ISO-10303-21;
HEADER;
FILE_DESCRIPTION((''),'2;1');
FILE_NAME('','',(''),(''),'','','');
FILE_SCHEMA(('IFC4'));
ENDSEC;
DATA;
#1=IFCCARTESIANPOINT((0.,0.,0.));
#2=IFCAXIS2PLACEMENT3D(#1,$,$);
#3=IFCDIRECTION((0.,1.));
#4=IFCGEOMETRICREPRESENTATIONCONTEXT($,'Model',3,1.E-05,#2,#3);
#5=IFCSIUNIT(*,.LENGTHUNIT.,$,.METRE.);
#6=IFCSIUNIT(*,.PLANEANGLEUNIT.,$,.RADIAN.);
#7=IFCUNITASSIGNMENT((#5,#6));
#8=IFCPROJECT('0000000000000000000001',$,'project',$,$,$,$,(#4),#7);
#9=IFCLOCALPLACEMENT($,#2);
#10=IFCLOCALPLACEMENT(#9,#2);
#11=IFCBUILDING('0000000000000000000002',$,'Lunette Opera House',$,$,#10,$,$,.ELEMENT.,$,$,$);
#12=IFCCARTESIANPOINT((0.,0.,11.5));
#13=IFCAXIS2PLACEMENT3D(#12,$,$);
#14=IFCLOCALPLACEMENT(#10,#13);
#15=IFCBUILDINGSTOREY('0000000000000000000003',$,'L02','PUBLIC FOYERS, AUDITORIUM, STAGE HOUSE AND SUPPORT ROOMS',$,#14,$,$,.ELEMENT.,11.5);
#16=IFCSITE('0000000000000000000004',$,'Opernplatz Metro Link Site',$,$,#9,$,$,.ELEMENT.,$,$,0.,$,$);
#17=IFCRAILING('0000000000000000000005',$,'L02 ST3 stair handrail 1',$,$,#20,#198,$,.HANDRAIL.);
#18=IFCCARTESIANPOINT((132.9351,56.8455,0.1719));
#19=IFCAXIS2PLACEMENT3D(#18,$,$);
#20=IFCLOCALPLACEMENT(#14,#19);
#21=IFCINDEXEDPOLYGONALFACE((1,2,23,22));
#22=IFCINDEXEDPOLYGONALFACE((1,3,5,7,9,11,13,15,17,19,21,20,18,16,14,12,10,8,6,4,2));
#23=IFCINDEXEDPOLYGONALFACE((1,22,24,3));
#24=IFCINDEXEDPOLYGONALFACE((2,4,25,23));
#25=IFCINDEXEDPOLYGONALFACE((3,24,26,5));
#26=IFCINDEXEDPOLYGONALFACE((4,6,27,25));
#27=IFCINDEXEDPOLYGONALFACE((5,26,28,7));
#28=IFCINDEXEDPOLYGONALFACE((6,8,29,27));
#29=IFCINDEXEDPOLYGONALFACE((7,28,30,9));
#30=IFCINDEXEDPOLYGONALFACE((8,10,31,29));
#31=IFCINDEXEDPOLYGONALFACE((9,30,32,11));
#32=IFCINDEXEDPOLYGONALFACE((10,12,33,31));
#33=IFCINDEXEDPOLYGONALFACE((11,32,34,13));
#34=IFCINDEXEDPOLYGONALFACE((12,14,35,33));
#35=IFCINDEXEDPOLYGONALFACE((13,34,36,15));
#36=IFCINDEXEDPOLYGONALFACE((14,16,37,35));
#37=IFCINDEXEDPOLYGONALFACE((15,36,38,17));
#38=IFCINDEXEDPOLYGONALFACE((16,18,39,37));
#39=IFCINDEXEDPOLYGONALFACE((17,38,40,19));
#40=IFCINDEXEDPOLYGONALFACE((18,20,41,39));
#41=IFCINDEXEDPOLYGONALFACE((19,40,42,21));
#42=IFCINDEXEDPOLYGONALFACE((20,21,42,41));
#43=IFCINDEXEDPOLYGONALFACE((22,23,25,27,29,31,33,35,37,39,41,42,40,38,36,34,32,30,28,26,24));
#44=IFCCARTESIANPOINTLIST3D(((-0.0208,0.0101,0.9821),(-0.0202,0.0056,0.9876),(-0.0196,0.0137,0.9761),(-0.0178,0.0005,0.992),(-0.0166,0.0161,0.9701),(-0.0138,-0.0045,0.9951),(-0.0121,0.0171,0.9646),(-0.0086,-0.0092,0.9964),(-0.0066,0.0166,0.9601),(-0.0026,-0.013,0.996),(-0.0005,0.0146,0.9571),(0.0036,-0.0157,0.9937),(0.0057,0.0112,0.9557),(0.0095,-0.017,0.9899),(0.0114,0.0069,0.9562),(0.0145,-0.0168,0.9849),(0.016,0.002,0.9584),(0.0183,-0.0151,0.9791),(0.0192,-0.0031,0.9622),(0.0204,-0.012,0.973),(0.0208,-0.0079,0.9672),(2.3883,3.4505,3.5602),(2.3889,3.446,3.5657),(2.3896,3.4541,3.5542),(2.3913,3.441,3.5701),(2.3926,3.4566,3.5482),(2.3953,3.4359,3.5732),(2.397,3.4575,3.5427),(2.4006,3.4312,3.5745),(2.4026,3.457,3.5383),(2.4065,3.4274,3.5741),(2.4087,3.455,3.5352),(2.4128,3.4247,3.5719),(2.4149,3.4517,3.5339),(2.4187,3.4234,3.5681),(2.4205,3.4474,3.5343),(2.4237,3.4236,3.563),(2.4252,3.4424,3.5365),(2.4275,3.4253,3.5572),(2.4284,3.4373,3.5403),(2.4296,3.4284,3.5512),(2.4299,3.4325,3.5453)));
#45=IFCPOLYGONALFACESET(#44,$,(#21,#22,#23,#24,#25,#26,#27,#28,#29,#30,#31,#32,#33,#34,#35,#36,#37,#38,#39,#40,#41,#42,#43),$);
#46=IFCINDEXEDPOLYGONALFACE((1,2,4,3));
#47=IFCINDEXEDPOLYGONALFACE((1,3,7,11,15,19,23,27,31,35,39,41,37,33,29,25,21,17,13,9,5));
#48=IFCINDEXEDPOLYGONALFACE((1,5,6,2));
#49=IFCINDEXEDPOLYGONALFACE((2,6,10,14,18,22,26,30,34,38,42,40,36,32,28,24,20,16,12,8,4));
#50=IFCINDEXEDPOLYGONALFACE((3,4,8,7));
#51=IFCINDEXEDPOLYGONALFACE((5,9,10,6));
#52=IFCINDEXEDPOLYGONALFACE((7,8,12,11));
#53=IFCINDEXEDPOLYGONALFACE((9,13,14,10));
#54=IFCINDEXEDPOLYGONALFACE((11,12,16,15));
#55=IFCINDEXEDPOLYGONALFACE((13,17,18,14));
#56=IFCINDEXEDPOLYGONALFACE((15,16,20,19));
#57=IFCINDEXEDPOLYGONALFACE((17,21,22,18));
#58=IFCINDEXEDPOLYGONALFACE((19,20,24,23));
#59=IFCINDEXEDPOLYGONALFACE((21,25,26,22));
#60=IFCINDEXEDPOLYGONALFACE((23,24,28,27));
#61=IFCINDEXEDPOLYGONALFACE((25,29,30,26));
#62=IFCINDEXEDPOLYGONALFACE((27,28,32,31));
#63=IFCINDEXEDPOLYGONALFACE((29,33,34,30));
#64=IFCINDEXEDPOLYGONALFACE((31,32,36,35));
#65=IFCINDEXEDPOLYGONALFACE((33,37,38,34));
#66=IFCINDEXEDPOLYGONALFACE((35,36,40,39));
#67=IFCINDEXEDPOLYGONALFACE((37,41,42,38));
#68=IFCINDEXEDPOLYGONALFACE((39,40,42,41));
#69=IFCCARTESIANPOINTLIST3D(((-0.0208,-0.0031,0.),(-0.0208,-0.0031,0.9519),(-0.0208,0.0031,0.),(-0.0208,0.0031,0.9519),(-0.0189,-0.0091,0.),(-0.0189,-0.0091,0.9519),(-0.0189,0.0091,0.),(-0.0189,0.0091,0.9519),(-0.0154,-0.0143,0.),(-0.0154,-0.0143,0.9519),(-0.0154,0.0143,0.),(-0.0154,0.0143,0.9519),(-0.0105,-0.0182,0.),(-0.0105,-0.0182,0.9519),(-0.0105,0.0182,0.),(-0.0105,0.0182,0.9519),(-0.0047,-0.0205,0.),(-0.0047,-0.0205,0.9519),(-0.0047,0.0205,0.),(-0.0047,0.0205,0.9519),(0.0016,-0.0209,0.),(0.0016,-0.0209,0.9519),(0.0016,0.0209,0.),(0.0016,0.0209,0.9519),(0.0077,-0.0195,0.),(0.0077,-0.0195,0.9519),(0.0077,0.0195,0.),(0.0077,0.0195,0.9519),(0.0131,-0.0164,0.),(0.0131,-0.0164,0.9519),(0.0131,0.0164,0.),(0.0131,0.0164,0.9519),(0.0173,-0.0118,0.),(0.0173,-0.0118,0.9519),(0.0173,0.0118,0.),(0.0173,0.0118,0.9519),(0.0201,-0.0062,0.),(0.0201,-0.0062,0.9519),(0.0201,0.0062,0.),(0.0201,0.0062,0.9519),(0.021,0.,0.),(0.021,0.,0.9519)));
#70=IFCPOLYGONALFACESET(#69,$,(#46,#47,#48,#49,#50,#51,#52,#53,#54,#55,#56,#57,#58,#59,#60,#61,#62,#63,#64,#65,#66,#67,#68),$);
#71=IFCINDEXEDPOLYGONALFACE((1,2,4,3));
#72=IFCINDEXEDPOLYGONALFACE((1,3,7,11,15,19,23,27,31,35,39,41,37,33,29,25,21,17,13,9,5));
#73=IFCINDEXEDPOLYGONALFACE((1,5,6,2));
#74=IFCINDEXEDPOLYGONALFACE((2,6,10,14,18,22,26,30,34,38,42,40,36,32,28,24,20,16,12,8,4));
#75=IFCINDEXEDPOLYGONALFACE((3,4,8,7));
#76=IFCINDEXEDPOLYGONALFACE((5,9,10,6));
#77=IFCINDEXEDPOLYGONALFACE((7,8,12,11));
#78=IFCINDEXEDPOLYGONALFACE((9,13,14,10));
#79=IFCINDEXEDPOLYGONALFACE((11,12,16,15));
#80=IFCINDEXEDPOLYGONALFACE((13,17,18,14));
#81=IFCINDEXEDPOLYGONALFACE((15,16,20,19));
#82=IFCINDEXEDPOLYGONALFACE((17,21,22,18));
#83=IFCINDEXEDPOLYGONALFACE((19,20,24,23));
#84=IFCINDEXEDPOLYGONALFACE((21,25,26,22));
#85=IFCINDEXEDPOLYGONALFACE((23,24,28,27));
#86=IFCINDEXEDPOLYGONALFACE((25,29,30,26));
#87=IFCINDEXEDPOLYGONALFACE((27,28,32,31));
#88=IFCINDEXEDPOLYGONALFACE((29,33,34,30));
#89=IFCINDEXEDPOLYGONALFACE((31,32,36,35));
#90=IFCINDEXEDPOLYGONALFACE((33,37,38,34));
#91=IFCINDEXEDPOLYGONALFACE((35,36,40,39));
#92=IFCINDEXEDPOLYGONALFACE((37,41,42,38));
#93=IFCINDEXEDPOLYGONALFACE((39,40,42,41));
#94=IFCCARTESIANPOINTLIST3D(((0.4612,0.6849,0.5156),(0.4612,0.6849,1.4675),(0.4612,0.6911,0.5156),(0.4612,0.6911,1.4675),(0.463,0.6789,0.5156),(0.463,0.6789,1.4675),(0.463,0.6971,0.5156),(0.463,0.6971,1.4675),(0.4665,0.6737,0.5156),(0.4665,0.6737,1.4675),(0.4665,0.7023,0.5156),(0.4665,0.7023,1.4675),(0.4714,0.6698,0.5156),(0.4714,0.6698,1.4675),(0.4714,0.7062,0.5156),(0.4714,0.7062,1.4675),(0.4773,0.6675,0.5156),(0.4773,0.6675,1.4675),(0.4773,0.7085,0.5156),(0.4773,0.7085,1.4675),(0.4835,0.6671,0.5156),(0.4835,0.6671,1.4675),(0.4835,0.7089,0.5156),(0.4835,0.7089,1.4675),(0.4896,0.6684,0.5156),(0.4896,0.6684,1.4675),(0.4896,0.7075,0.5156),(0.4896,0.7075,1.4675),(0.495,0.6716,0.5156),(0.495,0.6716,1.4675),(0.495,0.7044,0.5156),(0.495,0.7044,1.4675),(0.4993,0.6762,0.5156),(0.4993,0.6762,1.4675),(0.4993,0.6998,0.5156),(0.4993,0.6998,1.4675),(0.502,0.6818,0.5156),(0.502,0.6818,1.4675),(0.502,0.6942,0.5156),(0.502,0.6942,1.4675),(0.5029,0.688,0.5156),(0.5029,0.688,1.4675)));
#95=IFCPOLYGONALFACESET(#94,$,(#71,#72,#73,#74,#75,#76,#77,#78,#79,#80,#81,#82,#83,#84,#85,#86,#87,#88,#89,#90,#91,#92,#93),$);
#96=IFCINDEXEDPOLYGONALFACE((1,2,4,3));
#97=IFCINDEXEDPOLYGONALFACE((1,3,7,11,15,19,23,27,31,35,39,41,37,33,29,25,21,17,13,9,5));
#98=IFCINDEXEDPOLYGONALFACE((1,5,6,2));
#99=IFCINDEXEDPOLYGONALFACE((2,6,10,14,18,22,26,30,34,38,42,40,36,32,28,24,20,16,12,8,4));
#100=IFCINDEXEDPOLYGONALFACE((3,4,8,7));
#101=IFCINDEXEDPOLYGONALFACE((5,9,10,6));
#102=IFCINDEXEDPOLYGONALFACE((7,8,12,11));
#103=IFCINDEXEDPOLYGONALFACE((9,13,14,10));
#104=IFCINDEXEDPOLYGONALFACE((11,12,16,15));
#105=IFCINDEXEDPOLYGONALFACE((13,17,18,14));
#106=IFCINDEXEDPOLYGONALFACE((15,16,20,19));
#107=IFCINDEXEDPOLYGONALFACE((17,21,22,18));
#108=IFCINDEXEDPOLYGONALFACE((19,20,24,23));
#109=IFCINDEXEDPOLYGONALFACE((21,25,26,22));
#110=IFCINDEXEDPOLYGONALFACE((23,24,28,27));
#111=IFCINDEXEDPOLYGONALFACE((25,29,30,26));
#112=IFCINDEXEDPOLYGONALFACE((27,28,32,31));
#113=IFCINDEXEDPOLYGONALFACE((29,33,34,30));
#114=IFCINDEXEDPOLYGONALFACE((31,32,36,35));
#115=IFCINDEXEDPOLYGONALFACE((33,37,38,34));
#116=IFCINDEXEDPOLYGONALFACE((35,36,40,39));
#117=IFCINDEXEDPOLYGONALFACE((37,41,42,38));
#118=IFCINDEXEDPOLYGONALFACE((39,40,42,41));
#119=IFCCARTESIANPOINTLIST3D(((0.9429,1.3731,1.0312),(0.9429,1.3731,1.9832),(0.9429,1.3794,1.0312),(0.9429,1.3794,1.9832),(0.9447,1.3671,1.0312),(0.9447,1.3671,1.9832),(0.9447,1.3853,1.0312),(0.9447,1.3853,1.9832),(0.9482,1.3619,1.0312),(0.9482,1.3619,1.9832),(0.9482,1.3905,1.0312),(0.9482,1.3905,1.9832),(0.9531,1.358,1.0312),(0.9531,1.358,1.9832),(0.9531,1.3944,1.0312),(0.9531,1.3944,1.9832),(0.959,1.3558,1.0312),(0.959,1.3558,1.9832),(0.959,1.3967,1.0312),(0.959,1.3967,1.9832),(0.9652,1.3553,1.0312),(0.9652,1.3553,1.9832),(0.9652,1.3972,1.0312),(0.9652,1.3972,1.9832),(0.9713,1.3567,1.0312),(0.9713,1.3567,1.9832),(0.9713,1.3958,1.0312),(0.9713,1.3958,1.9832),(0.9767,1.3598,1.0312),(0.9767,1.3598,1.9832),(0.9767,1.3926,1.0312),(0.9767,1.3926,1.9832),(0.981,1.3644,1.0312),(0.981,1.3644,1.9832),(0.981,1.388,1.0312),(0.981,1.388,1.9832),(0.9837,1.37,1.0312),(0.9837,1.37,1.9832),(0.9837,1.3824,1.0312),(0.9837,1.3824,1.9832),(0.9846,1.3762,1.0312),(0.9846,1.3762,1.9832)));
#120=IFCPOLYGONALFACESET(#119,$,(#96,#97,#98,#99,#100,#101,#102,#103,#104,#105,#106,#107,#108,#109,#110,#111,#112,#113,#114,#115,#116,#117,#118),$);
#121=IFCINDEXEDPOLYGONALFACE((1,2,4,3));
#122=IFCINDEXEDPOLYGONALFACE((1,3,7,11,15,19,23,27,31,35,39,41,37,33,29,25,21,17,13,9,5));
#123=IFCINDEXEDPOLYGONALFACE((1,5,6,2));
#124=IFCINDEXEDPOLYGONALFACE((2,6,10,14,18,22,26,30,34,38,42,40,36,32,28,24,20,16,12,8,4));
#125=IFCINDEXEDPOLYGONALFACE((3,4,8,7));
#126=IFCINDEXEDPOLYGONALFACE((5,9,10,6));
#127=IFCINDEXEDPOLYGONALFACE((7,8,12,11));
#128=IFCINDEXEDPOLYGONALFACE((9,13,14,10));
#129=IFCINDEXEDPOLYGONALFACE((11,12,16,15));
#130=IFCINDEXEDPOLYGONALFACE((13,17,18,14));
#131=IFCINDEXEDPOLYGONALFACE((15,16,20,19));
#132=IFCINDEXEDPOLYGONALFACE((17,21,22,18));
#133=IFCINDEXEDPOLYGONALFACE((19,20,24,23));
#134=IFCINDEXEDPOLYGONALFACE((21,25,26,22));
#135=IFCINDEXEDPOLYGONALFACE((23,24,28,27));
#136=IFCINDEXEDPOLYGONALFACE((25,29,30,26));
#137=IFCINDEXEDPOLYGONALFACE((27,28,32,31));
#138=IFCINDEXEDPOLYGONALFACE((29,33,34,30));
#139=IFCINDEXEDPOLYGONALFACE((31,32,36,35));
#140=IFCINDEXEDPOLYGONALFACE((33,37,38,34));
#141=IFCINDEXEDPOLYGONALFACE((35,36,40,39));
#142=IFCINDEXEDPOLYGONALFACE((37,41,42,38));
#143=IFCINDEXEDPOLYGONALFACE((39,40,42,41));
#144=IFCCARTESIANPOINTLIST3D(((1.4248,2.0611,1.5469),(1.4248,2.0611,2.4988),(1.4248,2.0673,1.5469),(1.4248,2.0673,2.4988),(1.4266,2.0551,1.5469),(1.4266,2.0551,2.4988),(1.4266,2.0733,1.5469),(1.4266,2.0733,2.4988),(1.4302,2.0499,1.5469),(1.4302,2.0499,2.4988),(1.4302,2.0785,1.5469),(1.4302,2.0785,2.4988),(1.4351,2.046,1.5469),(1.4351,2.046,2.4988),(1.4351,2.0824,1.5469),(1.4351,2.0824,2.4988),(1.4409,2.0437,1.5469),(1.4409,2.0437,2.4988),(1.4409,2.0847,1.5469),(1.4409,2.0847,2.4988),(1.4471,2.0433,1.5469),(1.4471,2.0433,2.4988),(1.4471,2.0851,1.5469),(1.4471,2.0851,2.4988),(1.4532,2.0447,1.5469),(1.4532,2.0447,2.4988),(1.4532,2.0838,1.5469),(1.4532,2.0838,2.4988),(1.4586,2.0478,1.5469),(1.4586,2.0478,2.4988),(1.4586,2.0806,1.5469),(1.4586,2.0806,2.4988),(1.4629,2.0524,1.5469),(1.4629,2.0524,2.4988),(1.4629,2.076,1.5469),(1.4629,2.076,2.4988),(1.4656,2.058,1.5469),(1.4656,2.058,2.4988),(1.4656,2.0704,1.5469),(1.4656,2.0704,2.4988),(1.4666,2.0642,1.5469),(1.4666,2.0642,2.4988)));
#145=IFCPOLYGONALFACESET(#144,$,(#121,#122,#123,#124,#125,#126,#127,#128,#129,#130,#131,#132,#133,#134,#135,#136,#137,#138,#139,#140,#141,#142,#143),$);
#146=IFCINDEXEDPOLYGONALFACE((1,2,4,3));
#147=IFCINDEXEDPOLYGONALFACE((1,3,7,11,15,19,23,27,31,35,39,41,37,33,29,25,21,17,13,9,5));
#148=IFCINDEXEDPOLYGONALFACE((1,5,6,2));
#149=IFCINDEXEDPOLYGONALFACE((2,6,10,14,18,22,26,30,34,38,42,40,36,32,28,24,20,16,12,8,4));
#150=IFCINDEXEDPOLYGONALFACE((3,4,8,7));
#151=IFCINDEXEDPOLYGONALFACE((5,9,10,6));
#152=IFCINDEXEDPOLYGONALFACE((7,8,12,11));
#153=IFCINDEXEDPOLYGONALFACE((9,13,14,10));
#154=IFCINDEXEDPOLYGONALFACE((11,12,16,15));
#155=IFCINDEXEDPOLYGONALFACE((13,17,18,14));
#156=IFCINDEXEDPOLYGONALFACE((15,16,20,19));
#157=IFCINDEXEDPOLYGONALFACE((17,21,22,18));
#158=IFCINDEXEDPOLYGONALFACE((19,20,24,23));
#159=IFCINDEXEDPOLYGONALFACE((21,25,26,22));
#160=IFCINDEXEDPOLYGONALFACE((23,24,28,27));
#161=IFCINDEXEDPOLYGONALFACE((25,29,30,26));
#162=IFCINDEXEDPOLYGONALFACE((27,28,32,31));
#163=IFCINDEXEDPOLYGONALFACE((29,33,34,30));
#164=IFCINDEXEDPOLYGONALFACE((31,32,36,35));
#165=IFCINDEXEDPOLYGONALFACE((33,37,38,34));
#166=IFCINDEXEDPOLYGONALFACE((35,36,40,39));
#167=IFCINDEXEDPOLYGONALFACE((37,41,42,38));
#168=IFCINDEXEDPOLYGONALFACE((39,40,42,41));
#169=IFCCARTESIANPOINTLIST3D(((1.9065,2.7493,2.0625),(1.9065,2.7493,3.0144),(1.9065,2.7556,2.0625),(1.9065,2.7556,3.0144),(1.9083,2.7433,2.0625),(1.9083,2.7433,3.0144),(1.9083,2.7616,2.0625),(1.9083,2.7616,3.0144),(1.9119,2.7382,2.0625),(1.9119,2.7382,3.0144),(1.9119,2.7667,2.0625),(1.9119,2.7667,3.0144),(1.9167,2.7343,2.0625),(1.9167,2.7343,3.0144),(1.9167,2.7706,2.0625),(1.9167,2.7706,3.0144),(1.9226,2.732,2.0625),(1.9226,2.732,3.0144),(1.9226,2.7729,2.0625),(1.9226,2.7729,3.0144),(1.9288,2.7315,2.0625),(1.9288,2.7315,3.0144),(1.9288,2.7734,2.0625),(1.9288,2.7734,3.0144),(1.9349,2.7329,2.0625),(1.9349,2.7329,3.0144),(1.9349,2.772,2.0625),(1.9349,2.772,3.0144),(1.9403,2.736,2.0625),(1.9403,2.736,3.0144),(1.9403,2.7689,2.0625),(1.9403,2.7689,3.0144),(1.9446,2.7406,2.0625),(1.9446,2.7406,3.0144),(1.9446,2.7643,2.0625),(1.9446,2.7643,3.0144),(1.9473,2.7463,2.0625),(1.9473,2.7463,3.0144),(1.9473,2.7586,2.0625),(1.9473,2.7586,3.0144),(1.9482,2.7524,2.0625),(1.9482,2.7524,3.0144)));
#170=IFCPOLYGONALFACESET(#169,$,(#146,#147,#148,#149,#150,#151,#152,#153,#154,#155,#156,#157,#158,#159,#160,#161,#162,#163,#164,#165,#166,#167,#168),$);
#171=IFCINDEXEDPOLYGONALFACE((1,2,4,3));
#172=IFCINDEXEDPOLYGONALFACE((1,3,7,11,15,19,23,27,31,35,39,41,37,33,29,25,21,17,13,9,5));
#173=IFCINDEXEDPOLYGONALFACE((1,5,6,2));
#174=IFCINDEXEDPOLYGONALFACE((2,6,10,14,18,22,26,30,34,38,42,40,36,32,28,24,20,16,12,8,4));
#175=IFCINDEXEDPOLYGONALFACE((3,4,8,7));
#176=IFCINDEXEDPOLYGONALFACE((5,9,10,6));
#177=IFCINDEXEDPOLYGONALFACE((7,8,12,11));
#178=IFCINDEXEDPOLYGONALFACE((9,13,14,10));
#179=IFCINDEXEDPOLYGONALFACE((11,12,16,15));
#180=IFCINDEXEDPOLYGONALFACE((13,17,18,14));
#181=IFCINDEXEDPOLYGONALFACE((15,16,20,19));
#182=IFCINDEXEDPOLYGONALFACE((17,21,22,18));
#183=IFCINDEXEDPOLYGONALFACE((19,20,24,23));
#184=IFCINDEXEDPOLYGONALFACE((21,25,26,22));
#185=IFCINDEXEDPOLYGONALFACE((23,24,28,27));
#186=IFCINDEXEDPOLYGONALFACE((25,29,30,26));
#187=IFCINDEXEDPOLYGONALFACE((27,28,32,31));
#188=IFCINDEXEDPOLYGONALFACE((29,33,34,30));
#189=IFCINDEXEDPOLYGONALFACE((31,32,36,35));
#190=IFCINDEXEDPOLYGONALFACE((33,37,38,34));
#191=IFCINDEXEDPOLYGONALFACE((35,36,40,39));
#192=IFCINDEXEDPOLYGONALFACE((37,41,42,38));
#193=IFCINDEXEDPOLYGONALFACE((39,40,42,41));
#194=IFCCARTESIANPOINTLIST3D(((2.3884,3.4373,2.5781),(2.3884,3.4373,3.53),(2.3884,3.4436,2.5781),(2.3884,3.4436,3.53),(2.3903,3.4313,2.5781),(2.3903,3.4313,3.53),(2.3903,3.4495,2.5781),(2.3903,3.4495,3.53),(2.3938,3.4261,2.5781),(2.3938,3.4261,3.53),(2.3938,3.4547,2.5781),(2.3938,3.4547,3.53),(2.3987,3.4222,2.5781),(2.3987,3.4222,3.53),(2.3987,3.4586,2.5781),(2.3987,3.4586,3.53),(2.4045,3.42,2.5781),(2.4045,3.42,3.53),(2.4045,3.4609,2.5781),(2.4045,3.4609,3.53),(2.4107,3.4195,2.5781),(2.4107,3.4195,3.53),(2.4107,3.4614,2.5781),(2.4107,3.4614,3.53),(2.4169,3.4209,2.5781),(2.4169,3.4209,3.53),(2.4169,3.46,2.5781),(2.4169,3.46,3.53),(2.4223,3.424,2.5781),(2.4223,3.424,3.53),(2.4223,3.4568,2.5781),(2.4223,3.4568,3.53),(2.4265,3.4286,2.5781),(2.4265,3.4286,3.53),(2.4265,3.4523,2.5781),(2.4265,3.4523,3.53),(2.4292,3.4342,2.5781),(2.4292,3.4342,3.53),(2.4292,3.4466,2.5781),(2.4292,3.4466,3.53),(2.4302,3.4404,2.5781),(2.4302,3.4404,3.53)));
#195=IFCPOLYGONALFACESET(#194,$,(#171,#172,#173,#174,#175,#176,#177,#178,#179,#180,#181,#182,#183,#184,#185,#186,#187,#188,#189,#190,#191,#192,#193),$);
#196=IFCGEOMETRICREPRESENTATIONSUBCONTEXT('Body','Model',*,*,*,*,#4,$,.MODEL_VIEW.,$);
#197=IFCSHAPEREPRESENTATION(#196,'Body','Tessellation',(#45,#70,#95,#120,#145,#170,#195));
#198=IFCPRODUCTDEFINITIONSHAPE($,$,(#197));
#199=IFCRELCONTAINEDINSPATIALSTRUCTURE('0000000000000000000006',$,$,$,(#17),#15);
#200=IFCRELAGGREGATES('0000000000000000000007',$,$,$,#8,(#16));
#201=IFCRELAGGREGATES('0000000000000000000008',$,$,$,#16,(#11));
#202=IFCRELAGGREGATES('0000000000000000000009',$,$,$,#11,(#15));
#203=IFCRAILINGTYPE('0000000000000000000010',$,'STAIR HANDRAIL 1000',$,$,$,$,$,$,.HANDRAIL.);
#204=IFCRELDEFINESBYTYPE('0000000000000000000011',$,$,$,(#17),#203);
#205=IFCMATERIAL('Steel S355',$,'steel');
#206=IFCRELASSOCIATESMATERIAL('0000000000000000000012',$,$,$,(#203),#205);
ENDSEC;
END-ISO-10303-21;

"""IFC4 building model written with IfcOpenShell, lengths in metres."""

from ifc_helpers import new_model, si_unit, direction, frame, origin, origin_2d, place, context, subcontext, project, spatial, circle, extrude, material, type_object, element, save


model = new_model("IFC4")

# Units and contexts
model_context = context("Model", 3, precision=1e-05, world=origin(), true_north=direction((0.0, 1.0)))
body_context = subcontext(model_context, "Body", "Model", "MODEL_VIEW")
ifc_project = project(units=[si_unit("LENGTHUNIT", "METRE"), si_unit("PLANEANGLEUNIT", "RADIAN")], contexts=[model_context])

# Site, building, storey
site_placement = place(None, origin())
site = spatial("IfcSite", under=ifc_project, at=site_placement, Name="Opernplatz Metro Link Site", CompositionType="ELEMENT", RefElevation=0.0)
building_placement = place(site_placement, origin())
building = spatial("IfcBuilding", under=site, at=building_placement, Name="Lunette Opera House", CompositionType="ELEMENT")
storey_placement = place(building_placement, frame((0.0, 0.0, 11.5)))
storey = spatial("IfcBuildingStorey", under=building, at=storey_placement, Name="L02", Description="PUBLIC FOYERS, AUDITORIUM, STAGE HOUSE AND SUPPORT ROOMS", CompositionType="ELEMENT", Elevation=11.5)

# Railing
ifc_material_1 = material(Name="Steel S355", Category="steel")
railing_type = type_object("IfcRailingType", Name="STAIR HANDRAIL 1000", PredefinedType="HANDRAIL", material=ifc_material_1)
railing_1_placement = place(storey_placement, frame((132.9351, 56.8455, 0.1719)))
element("IfcRailing", 1, at=railing_1_placement, inside=storey, type_object=railing_type, Name="L02 ST3 stair handrail 1", PredefinedType="HANDRAIL", context=body_context, shape_type="SweptSolid", body=[
    extrude(circle(Radius=0.0239, at=origin_2d()), frame((0.0, 0.0, 0.9761), z_axis=(0.488853, 0.698107, 0.523134), x_axis=(-0.819134, 0.573603, 0.0)), (0.0, 0.0, 1.0), 4.9282),
    extrude(circle(Radius=0.021, at=origin_2d()), origin(), (0.0, 0.0, 1.0), 0.9519),
    extrude(circle(Radius=0.021, at=origin_2d()), frame((0.4819, 0.688, 0.5156)), (0.0, 0.0, 1.0), 0.9519),
    extrude(circle(Radius=0.021, at=origin_2d()), frame((0.9636, 1.3762, 1.0312)), (0.0, 0.0, 1.0), 0.9519),
    extrude(circle(Radius=0.021, at=origin_2d()), frame((1.4456, 2.0642, 1.5469)), (0.0, 0.0, 1.0), 0.9519),
    extrude(circle(Radius=0.021, at=origin_2d()), frame((1.9272, 2.7524, 2.0625)), (0.0, 0.0, 1.0), 0.9519),
    extrude(circle(Radius=0.021, at=origin_2d()), frame((2.4092, 3.4404, 2.5781)), (0.0, 0.0, 1.0), 0.9519),
])

save(model, "model.ifc")
